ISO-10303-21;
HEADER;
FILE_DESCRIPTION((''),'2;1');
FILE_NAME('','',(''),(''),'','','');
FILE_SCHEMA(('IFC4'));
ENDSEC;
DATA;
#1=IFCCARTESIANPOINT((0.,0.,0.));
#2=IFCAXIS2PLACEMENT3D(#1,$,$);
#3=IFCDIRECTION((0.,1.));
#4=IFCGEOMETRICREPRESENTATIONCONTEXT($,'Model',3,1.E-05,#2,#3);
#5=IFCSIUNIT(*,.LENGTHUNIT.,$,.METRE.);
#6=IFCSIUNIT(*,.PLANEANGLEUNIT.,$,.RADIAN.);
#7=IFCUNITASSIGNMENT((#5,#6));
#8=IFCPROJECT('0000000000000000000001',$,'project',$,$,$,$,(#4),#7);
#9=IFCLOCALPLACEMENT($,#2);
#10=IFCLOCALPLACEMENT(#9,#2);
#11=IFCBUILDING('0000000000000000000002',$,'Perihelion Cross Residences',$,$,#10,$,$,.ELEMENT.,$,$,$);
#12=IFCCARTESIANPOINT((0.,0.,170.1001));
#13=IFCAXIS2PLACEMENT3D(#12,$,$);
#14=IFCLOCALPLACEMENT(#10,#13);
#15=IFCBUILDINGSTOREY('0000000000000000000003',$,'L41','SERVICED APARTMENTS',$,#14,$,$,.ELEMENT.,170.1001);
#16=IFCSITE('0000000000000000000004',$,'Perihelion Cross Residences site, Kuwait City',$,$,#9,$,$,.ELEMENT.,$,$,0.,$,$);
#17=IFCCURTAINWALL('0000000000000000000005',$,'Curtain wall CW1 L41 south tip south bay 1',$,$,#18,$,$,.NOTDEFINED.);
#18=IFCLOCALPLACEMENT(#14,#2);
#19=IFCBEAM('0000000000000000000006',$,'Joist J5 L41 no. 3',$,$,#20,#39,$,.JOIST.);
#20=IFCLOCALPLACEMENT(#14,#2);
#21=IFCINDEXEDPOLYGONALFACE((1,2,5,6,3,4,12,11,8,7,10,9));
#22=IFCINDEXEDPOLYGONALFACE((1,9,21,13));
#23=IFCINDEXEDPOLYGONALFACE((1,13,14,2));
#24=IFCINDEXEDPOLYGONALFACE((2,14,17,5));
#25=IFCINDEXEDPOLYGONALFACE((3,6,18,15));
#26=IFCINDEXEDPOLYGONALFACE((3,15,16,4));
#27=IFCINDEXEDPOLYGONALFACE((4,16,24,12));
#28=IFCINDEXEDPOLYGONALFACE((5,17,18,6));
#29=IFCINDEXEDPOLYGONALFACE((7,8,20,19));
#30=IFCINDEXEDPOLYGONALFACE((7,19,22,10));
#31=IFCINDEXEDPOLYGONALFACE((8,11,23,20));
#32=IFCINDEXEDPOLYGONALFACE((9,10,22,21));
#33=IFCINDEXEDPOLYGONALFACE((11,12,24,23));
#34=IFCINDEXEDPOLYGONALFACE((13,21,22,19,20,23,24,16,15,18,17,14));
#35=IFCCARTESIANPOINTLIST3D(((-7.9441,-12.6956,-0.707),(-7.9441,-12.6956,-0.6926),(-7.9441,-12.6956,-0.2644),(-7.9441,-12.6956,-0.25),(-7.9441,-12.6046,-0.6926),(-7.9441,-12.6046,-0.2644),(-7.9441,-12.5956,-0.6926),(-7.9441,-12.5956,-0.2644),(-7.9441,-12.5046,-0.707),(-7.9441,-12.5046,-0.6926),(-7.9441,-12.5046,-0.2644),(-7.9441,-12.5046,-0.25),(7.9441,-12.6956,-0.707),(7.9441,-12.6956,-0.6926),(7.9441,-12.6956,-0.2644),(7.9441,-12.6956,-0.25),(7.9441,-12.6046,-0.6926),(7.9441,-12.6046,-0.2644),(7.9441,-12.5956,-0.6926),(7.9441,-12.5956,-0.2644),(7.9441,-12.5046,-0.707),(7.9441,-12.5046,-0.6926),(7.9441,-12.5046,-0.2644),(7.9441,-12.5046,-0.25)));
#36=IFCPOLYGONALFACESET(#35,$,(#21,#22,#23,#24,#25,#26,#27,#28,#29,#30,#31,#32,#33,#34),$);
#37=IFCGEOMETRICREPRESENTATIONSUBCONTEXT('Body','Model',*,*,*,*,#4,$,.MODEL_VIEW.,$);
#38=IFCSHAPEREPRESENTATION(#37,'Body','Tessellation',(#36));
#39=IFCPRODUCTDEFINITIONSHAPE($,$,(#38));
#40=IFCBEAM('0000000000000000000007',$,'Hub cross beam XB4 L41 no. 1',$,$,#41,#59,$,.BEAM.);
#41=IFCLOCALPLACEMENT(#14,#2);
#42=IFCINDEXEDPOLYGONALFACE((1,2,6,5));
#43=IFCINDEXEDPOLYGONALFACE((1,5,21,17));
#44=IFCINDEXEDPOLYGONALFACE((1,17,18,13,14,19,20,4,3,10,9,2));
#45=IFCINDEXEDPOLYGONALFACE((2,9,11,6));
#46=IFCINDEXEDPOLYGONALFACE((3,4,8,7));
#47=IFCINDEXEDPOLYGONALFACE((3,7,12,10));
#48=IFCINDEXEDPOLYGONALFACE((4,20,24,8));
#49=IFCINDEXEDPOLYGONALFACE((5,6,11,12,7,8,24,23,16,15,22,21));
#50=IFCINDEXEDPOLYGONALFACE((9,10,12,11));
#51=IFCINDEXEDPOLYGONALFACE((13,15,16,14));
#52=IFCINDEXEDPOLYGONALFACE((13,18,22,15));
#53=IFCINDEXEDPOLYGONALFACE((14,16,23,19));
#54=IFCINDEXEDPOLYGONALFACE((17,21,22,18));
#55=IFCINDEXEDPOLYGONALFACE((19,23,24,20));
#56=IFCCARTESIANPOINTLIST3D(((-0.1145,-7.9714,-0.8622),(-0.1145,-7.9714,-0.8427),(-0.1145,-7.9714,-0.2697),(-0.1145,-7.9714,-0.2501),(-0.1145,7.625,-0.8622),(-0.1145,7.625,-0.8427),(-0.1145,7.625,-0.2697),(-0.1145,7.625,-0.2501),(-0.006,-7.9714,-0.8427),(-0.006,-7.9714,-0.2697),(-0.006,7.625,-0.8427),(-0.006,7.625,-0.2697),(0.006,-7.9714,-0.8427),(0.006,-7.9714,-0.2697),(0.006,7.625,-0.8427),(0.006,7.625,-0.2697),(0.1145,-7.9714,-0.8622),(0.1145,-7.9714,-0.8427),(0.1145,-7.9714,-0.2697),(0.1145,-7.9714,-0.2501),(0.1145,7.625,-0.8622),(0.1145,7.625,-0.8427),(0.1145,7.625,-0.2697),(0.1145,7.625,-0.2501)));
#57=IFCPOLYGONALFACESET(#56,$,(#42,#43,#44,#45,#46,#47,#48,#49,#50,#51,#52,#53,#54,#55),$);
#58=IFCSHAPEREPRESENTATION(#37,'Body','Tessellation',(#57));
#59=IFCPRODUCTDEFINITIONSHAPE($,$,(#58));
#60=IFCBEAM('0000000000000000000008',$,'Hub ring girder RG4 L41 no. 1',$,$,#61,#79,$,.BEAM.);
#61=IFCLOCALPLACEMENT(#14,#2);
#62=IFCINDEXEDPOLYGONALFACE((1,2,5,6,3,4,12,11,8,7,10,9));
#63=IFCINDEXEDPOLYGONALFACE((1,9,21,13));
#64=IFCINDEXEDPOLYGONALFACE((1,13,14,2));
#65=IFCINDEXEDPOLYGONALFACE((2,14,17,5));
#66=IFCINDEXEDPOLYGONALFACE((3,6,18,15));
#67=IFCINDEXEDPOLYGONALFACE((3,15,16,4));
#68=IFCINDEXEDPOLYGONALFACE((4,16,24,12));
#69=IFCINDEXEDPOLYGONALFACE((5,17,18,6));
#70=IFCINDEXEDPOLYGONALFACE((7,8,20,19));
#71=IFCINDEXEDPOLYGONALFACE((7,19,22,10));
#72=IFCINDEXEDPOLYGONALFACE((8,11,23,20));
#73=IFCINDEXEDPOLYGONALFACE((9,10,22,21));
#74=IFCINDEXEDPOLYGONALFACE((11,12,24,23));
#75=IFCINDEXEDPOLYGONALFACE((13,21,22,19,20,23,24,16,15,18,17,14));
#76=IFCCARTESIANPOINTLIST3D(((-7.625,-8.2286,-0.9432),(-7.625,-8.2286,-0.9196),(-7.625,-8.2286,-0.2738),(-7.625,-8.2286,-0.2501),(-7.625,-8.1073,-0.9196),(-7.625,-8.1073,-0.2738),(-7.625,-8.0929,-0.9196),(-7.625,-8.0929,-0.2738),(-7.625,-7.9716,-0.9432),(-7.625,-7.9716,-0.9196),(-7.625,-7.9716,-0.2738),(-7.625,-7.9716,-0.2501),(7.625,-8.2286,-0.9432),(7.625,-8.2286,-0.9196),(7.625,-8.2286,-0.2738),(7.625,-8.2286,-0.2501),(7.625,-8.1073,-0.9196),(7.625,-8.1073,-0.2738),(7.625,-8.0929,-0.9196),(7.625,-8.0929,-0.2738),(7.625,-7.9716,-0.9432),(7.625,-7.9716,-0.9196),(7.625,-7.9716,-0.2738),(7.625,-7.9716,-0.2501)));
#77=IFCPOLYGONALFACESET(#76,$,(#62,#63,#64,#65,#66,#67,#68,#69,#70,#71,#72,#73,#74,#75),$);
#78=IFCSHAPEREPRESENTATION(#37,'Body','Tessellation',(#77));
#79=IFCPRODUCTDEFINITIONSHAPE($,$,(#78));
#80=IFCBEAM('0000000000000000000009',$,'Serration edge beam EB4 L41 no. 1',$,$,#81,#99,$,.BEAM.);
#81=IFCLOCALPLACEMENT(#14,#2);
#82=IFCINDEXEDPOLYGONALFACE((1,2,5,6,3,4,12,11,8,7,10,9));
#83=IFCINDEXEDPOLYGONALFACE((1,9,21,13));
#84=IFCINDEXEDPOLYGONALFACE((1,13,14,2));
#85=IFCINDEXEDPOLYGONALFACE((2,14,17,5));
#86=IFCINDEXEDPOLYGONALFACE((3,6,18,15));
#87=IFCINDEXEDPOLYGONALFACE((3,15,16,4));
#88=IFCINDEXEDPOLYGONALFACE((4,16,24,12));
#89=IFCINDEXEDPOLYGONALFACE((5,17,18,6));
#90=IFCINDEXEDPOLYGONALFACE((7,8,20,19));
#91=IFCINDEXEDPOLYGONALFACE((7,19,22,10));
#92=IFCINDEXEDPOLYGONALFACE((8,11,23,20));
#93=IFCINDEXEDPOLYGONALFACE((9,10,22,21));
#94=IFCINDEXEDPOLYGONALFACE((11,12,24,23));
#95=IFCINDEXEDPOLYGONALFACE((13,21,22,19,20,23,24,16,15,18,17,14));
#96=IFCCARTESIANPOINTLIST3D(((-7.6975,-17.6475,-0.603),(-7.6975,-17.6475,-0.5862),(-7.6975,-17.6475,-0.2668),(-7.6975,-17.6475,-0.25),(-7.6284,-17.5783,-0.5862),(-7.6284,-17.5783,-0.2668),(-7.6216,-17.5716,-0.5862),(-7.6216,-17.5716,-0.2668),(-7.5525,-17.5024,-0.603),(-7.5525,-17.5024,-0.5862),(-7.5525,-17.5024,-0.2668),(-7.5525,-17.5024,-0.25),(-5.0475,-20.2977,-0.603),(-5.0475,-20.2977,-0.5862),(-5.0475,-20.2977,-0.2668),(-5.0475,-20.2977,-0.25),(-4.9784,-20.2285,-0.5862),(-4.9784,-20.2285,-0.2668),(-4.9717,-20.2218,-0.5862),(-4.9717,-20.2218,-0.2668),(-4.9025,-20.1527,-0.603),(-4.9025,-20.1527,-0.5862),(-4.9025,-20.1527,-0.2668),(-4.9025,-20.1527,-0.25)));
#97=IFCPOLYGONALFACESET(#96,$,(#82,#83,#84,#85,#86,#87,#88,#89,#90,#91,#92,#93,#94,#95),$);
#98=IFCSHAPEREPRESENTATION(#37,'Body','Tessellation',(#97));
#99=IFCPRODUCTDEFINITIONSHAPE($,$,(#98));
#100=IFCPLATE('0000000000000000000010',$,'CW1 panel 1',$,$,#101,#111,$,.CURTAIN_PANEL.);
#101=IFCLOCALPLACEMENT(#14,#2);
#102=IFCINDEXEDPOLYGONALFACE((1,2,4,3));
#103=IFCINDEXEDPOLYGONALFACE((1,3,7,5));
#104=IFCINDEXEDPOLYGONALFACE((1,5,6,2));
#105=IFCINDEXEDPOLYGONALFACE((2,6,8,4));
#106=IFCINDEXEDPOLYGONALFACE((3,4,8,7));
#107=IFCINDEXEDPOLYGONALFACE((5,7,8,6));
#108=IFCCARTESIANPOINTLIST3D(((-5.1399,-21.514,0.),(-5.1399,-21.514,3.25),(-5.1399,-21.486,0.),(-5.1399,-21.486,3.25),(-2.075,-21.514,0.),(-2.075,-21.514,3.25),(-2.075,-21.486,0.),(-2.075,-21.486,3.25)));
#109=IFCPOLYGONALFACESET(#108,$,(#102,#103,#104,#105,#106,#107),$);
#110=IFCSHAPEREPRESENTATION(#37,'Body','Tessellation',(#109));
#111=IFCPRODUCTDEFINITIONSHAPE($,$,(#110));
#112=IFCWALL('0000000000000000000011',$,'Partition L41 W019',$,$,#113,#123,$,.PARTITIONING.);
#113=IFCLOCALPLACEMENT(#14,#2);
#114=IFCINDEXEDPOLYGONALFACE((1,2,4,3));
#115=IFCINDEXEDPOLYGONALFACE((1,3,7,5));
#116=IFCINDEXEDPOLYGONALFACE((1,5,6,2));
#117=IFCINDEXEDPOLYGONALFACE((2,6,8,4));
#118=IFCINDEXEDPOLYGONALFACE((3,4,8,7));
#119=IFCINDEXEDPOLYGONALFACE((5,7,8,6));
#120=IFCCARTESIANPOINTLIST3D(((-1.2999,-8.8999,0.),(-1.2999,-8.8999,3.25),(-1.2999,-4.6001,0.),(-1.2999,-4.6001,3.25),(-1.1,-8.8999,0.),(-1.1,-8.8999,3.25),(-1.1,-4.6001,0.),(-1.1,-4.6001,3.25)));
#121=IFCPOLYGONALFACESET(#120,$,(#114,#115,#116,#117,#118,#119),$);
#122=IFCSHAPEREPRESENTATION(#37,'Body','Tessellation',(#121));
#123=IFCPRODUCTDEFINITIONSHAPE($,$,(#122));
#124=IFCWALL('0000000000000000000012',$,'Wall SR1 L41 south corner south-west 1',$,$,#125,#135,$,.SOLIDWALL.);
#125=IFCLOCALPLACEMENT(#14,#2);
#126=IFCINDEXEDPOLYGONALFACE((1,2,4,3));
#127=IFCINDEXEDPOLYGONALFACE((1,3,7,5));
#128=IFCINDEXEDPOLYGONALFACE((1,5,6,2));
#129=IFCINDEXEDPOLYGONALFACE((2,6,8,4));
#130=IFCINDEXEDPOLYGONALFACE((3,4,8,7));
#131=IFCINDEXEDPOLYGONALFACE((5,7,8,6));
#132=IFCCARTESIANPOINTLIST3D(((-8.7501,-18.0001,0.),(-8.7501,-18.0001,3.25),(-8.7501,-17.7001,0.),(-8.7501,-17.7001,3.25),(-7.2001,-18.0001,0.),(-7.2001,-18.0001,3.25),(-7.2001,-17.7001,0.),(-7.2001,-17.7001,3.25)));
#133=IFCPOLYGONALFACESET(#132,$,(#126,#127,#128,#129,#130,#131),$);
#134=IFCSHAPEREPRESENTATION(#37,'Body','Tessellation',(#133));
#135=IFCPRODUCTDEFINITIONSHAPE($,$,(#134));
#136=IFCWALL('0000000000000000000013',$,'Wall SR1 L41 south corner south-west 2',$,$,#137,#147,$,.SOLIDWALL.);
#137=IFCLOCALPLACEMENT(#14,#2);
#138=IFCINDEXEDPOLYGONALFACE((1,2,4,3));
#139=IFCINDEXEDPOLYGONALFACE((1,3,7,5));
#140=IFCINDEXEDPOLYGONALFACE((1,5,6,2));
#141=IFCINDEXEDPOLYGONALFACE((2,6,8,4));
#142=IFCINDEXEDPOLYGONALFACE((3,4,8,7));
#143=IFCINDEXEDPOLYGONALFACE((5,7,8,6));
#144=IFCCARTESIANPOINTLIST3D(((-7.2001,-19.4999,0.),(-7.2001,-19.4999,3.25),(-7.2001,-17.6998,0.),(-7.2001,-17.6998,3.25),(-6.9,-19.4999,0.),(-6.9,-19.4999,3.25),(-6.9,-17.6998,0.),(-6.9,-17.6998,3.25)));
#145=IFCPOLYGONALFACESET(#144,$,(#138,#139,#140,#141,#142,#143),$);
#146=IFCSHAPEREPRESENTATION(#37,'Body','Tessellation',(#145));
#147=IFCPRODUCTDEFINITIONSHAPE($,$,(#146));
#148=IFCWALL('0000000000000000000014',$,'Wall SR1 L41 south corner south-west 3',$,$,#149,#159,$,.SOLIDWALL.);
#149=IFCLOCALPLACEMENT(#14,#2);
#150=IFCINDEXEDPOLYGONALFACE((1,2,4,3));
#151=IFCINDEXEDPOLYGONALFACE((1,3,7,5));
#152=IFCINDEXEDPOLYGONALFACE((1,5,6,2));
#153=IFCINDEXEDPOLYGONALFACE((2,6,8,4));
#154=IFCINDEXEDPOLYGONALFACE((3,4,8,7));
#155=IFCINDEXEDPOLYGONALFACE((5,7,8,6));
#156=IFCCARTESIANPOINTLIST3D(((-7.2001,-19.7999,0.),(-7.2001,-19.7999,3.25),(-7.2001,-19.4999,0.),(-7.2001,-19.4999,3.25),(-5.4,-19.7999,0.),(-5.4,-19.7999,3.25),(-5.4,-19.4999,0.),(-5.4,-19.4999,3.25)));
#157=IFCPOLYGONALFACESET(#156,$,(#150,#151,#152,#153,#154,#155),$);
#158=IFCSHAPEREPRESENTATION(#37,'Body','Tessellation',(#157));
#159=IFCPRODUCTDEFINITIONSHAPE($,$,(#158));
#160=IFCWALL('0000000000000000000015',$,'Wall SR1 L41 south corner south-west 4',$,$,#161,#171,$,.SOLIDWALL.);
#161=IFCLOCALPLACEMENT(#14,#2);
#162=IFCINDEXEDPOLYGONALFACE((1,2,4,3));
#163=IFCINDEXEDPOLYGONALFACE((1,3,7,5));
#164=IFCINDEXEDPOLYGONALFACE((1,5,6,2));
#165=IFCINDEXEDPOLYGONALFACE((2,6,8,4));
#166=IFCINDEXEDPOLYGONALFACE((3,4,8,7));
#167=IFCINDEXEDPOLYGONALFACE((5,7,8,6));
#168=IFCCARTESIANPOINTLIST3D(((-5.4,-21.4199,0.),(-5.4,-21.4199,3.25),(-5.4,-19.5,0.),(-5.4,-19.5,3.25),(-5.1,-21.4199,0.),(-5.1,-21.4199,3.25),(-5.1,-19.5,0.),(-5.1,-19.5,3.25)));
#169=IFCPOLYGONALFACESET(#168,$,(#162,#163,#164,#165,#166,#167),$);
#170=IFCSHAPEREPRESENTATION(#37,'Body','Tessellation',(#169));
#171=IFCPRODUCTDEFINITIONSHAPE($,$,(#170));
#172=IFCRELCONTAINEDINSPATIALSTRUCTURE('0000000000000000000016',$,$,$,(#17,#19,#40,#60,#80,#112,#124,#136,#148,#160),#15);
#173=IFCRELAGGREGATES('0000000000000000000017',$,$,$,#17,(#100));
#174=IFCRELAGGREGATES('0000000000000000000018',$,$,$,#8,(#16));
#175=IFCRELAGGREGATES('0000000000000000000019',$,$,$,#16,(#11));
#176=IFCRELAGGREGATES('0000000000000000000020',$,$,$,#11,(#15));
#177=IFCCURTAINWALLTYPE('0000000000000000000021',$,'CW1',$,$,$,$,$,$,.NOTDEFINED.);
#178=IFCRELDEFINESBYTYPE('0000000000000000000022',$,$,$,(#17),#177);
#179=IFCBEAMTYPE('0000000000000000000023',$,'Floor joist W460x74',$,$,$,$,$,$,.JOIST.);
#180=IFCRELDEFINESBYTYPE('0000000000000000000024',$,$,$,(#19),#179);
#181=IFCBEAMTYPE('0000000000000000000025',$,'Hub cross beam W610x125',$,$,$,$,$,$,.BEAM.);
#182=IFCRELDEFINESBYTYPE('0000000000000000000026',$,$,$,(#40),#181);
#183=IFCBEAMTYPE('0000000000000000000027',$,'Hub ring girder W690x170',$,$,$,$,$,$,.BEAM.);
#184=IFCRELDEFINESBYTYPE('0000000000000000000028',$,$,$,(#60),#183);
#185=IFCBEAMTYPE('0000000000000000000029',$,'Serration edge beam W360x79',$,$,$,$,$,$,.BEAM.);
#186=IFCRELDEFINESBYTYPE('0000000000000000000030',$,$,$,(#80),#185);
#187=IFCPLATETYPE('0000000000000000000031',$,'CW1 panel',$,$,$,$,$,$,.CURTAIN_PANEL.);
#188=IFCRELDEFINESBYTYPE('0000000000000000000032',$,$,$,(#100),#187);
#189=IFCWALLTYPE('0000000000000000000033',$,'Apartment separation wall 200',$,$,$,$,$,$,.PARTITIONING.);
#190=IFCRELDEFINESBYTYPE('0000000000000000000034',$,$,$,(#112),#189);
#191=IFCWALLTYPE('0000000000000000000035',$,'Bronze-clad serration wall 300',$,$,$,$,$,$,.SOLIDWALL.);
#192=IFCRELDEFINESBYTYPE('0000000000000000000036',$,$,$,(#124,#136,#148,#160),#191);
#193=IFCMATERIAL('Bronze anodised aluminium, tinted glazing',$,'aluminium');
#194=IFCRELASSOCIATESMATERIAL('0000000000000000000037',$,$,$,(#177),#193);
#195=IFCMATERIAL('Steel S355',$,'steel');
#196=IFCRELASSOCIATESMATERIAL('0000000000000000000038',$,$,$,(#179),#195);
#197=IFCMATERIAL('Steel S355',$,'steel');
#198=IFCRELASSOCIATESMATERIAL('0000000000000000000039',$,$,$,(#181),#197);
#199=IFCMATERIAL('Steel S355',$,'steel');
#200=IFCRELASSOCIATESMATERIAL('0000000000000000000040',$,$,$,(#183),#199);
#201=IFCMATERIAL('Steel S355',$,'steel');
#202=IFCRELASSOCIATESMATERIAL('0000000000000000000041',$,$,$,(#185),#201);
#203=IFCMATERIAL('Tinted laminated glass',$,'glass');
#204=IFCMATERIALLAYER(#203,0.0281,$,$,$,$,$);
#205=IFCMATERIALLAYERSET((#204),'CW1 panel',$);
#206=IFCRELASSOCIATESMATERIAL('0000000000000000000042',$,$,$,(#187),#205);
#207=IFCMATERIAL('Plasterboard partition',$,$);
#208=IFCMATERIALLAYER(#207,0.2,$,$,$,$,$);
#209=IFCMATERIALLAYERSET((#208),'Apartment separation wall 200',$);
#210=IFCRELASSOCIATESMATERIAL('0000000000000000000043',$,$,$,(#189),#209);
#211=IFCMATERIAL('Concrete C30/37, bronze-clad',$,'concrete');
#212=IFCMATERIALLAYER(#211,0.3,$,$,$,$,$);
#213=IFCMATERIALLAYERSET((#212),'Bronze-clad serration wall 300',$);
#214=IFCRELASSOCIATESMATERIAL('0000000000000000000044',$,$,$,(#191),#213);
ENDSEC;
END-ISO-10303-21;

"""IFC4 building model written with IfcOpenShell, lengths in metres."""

from ifc_helpers import new_model, si_unit, direction, frame, frame_2d, origin, origin_2d, place, context, subcontext, project, spatial, rectangle, i_section, extrude, material, layer, layer_set, material_profile, profile_set, type_object, element, aggregate, save


model = new_model("IFC4")

# Units and contexts
model_context = context("Model", 3, precision=1e-05, world=origin(), true_north=direction((0.0, 1.0)))
body_context = subcontext(model_context, "Body", "Model", "MODEL_VIEW")
ifc_project = project(units=[si_unit("LENGTHUNIT", "METRE"), si_unit("PLANEANGLEUNIT", "RADIAN")], contexts=[model_context])

# Site, building, storey
site_placement = place(None, origin())
site = spatial("IfcSite", under=ifc_project, at=site_placement, Name="Perihelion Cross Residences site, Kuwait City", CompositionType="ELEMENT", RefElevation=0.0)
building_placement = place(site_placement, origin())
building = spatial("IfcBuilding", under=site, at=building_placement, Name="Perihelion Cross Residences", CompositionType="ELEMENT")
storey_placement = place(building_placement, frame((0.0, 0.0, 170.1001)))
storey = spatial("IfcBuildingStorey", under=building, at=storey_placement, Name="L41", Description="SERVICED APARTMENTS", CompositionType="ELEMENT", Elevation=170.1001)

# Curtain wall
ifc_material_1 = material(Name="Bronze anodised aluminium, tinted glazing", Category="aluminium")
curtain_wall_type = type_object("IfcCurtainWallType", Name="CW1", PredefinedType="NOTDEFINED", material=ifc_material_1)
curtain_wall_1_placement = place(storey_placement, origin())
curtain_wall_1 = element("IfcCurtainWall", 1, at=curtain_wall_1_placement, inside=storey, type_object=curtain_wall_type, Name="Curtain wall CW1 L41 south tip south bay 1", PredefinedType="NOTDEFINED")

# Beams
ifc_material_2 = material(Name="Steel S355", Category="steel")
ifc_material_profile_1 = material_profile(ifc_material_2, i_section(OverallWidth=0.1909, OverallDepth=0.457, WebThickness=0.009, FlangeThickness=0.0144, at=origin_2d()), Name="W460x74")
ifc_profile_set_1 = profile_set([ifc_material_profile_1], Name="Steel S355")
beam_type_1 = type_object("IfcBeamType", Name="Floor joist W460x74", PredefinedType="JOIST", material=ifc_profile_set_1)
beam_1_placement = place(storey_placement, frame((-7.9441, -12.6001, -0.4785), z_axis=(1.0, 0.0, 0.0), x_axis=(0.0, 1.0, 0.0)))
element("IfcBeam", 2, at=beam_1_placement, inside=storey, type_object=beam_type_1, Name="Joist J5 L41 no. 3", PredefinedType="JOIST", context=body_context, shape_type="SweptSolid", body=[
    extrude(i_section(OverallWidth=0.1909, OverallDepth=0.457, WebThickness=0.009, FlangeThickness=0.0144, at=origin_2d()), origin(), (0.0, 0.0, 1.0), 15.8882),
])
ifc_material_3 = material(Name="Steel S355", Category="steel")
ifc_material_profile_2 = material_profile(ifc_material_3, i_section(OverallWidth=0.229, OverallDepth=0.6121, WebThickness=0.012, FlangeThickness=0.0195, at=origin_2d()), Name="W610x125")
ifc_profile_set_2 = profile_set([ifc_material_profile_2], Name="Steel S355")
beam_type_2 = type_object("IfcBeamType", Name="Hub cross beam W610x125", PredefinedType="BEAM", material=ifc_profile_set_2)
beam_2_placement = place(storey_placement, frame((0.0, -7.9714, -0.5562), z_axis=(0.0, 1.0, 0.0), x_axis=(-1.0, 0.0, 0.0)))
element("IfcBeam", 3, at=beam_2_placement, inside=storey, type_object=beam_type_2, Name="Hub cross beam XB4 L41 no. 1", PredefinedType="BEAM", context=body_context, shape_type="SweptSolid", body=[
    extrude(i_section(OverallWidth=0.229, OverallDepth=0.6121, WebThickness=0.012, FlangeThickness=0.0195, at=origin_2d()), origin(), (0.0, 0.0, 1.0), 15.5964),
])
ifc_material_4 = material(Name="Steel S355", Category="steel")
ifc_material_profile_3 = material_profile(ifc_material_4, i_section(OverallWidth=0.2571, OverallDepth=0.6931, WebThickness=0.0144, FlangeThickness=0.0237, at=origin_2d()), Name="W690x170")
ifc_profile_set_3 = profile_set([ifc_material_profile_3], Name="Steel S355")
beam_type_3 = type_object("IfcBeamType", Name="Hub ring girder W690x170", PredefinedType="BEAM", material=ifc_profile_set_3)
beam_3_placement = place(storey_placement, frame((-7.625, -8.1001, -0.5967), z_axis=(1.0, 0.0, 0.0), x_axis=(0.0, 1.0, 0.0)))
element("IfcBeam", 4, at=beam_3_placement, inside=storey, type_object=beam_type_3, Name="Hub ring girder RG4 L41 no. 1", PredefinedType="BEAM", context=body_context, shape_type="SweptSolid", body=[
    extrude(i_section(OverallWidth=0.2571, OverallDepth=0.6931, WebThickness=0.0144, FlangeThickness=0.0237, at=origin_2d()), origin(), (0.0, 0.0, 1.0), 15.25),
])
ifc_material_5 = material(Name="Steel S355", Category="steel")
ifc_material_profile_4 = material_profile(ifc_material_5, i_section(OverallWidth=0.2051, OverallDepth=0.353, WebThickness=0.0095, FlangeThickness=0.0168, at=origin_2d()), Name="W360x79")
ifc_profile_set_4 = profile_set([ifc_material_profile_4], Name="Steel S355")
beam_type_4 = type_object("IfcBeamType", Name="Serration edge beam W360x79", PredefinedType="BEAM", material=ifc_profile_set_4)
beam_4_placement = place(storey_placement, frame((-7.625, -17.575, -0.4265), z_axis=(0.707074, -0.707139, 0.0), x_axis=(0.707139, 0.707074, 0.0)))
element("IfcBeam", 5, at=beam_4_placement, inside=storey, type_object=beam_type_4, Name="Serration edge beam EB4 L41 no. 1", PredefinedType="BEAM", context=body_context, shape_type="SweptSolid", body=[
    extrude(i_section(OverallWidth=0.2051, OverallDepth=0.353, WebThickness=0.0095, FlangeThickness=0.0168, at=origin_2d()), origin(), (0.0, 0.0, 1.0), 3.7478),
])

# Plate
ifc_material_6 = material(Name="Tinted laminated glass", Category="glass")
ifc_layer_1 = layer(ifc_material_6, 0.0281)
ifc_layer_set_1 = layer_set([ifc_layer_1], Name="CW1 panel")
plate_type = type_object("IfcPlateType", Name="CW1 panel", PredefinedType="CURTAIN_PANEL", material=ifc_layer_set_1)
plate_placement = place(storey_placement, frame((-3.6074, -21.5, 0.0), z_axis=(0.0, 0.0, 1.0), x_axis=(1.0, 0.0, 0.0)))
plate = element("IfcPlate", 6, at=plate_placement, type_object=plate_type, Name="CW1 panel 1", PredefinedType="CURTAIN_PANEL", context=body_context, shape_type="SweptSolid", body=[
    extrude(rectangle(XDim=3.0649, YDim=0.0281, at=origin_2d()), origin(), (0.0, 0.0, 1.0), 3.25),
])
aggregate(curtain_wall_1, [plate])

# Wall
ifc_material_7 = material(Name="Plasterboard partition")
ifc_layer_2 = layer(ifc_material_7, 0.2)
ifc_layer_set_2 = layer_set([ifc_layer_2], Name="Apartment separation wall 200")
wall_type_1 = type_object("IfcWallType", Name="Apartment separation wall 200", PredefinedType="PARTITIONING", material=ifc_layer_set_2)
wall_1_placement = place(storey_placement, frame((-1.2, -8.8999, 0.0), z_axis=(0.0, 0.0, 1.0), x_axis=(0.0, 1.0, 0.0)))
element("IfcWall", 7, at=wall_1_placement, inside=storey, type_object=wall_type_1, Name="Partition L41 W019", PredefinedType="PARTITIONING", context=body_context, shape_type="SweptSolid", body=[
    extrude(rectangle(XDim=4.2998, YDim=0.2, at=frame_2d((2.1499, 0.0))), origin(), (0.0, 0.0, 1.0), 3.25),
])

# Walls
ifc_material_8 = material(Name="Concrete C30/37, bronze-clad", Category="concrete")
ifc_layer_3 = layer(ifc_material_8, 0.3)
ifc_layer_set_3 = layer_set([ifc_layer_3], Name="Bronze-clad serration wall 300")
wall_type_2 = type_object("IfcWallType", Name="Bronze-clad serration wall 300", PredefinedType="SOLIDWALL", material=ifc_layer_set_3)
wall_2_placement = place(storey_placement, frame((-8.75, -17.8501, 0.0), z_axis=(0.0, 0.0, 1.0), x_axis=(1.0, 0.0, 0.0)))
element("IfcWall", 8, at=wall_2_placement, inside=storey, type_object=wall_type_2, Name="Wall SR1 L41 south corner south-west 1", PredefinedType="SOLIDWALL", context=body_context, shape_type="SweptSolid", body=[
    extrude(rectangle(XDim=1.55, YDim=0.3, at=frame_2d((0.7749, 0.0))), origin(), (0.0, 0.0, 1.0), 3.25),
])
for number, where, z_axis, x_axis, name in (
    (9, (-7.05, -17.7, 0.0), (0.0, 0.0, 1.0), (0.0, -1.0, 0.0), "Wall SR1 L41 south corner south-west 2"),
    (10, (-7.2, -19.6499, 0.0), (0.0, 0.0, 1.0), (1.0, 0.0, 0.0), "Wall SR1 L41 south corner south-west 3"),
):
    element("IfcWall", number, at=place(storey_placement, frame(where, z_axis=z_axis, x_axis=x_axis)), inside=storey, type_object=wall_type_2, Name=name, PredefinedType="SOLIDWALL", context=body_context, shape_type="SweptSolid", body=[
        extrude(rectangle(XDim=1.8, YDim=0.3, at=frame_2d((0.8999, 0.0))), origin(), (0.0, 0.0, 1.0), 3.25),
    ])
wall_3_placement = place(storey_placement, frame((-5.25, -19.5, 0.0), z_axis=(0.0, 0.0, 1.0), x_axis=(0.0, -1.0, 0.0)))
element("IfcWall", 11, at=wall_3_placement, inside=storey, type_object=wall_type_2, Name="Wall SR1 L41 south corner south-west 4", PredefinedType="SOLIDWALL", context=body_context, shape_type="SweptSolid", body=[
    extrude(rectangle(XDim=1.9199, YDim=0.3, at=frame_2d((0.96, 0.0))), origin(), (0.0, 0.0, 1.0), 3.25),
])

save(model, "model.ifc")
